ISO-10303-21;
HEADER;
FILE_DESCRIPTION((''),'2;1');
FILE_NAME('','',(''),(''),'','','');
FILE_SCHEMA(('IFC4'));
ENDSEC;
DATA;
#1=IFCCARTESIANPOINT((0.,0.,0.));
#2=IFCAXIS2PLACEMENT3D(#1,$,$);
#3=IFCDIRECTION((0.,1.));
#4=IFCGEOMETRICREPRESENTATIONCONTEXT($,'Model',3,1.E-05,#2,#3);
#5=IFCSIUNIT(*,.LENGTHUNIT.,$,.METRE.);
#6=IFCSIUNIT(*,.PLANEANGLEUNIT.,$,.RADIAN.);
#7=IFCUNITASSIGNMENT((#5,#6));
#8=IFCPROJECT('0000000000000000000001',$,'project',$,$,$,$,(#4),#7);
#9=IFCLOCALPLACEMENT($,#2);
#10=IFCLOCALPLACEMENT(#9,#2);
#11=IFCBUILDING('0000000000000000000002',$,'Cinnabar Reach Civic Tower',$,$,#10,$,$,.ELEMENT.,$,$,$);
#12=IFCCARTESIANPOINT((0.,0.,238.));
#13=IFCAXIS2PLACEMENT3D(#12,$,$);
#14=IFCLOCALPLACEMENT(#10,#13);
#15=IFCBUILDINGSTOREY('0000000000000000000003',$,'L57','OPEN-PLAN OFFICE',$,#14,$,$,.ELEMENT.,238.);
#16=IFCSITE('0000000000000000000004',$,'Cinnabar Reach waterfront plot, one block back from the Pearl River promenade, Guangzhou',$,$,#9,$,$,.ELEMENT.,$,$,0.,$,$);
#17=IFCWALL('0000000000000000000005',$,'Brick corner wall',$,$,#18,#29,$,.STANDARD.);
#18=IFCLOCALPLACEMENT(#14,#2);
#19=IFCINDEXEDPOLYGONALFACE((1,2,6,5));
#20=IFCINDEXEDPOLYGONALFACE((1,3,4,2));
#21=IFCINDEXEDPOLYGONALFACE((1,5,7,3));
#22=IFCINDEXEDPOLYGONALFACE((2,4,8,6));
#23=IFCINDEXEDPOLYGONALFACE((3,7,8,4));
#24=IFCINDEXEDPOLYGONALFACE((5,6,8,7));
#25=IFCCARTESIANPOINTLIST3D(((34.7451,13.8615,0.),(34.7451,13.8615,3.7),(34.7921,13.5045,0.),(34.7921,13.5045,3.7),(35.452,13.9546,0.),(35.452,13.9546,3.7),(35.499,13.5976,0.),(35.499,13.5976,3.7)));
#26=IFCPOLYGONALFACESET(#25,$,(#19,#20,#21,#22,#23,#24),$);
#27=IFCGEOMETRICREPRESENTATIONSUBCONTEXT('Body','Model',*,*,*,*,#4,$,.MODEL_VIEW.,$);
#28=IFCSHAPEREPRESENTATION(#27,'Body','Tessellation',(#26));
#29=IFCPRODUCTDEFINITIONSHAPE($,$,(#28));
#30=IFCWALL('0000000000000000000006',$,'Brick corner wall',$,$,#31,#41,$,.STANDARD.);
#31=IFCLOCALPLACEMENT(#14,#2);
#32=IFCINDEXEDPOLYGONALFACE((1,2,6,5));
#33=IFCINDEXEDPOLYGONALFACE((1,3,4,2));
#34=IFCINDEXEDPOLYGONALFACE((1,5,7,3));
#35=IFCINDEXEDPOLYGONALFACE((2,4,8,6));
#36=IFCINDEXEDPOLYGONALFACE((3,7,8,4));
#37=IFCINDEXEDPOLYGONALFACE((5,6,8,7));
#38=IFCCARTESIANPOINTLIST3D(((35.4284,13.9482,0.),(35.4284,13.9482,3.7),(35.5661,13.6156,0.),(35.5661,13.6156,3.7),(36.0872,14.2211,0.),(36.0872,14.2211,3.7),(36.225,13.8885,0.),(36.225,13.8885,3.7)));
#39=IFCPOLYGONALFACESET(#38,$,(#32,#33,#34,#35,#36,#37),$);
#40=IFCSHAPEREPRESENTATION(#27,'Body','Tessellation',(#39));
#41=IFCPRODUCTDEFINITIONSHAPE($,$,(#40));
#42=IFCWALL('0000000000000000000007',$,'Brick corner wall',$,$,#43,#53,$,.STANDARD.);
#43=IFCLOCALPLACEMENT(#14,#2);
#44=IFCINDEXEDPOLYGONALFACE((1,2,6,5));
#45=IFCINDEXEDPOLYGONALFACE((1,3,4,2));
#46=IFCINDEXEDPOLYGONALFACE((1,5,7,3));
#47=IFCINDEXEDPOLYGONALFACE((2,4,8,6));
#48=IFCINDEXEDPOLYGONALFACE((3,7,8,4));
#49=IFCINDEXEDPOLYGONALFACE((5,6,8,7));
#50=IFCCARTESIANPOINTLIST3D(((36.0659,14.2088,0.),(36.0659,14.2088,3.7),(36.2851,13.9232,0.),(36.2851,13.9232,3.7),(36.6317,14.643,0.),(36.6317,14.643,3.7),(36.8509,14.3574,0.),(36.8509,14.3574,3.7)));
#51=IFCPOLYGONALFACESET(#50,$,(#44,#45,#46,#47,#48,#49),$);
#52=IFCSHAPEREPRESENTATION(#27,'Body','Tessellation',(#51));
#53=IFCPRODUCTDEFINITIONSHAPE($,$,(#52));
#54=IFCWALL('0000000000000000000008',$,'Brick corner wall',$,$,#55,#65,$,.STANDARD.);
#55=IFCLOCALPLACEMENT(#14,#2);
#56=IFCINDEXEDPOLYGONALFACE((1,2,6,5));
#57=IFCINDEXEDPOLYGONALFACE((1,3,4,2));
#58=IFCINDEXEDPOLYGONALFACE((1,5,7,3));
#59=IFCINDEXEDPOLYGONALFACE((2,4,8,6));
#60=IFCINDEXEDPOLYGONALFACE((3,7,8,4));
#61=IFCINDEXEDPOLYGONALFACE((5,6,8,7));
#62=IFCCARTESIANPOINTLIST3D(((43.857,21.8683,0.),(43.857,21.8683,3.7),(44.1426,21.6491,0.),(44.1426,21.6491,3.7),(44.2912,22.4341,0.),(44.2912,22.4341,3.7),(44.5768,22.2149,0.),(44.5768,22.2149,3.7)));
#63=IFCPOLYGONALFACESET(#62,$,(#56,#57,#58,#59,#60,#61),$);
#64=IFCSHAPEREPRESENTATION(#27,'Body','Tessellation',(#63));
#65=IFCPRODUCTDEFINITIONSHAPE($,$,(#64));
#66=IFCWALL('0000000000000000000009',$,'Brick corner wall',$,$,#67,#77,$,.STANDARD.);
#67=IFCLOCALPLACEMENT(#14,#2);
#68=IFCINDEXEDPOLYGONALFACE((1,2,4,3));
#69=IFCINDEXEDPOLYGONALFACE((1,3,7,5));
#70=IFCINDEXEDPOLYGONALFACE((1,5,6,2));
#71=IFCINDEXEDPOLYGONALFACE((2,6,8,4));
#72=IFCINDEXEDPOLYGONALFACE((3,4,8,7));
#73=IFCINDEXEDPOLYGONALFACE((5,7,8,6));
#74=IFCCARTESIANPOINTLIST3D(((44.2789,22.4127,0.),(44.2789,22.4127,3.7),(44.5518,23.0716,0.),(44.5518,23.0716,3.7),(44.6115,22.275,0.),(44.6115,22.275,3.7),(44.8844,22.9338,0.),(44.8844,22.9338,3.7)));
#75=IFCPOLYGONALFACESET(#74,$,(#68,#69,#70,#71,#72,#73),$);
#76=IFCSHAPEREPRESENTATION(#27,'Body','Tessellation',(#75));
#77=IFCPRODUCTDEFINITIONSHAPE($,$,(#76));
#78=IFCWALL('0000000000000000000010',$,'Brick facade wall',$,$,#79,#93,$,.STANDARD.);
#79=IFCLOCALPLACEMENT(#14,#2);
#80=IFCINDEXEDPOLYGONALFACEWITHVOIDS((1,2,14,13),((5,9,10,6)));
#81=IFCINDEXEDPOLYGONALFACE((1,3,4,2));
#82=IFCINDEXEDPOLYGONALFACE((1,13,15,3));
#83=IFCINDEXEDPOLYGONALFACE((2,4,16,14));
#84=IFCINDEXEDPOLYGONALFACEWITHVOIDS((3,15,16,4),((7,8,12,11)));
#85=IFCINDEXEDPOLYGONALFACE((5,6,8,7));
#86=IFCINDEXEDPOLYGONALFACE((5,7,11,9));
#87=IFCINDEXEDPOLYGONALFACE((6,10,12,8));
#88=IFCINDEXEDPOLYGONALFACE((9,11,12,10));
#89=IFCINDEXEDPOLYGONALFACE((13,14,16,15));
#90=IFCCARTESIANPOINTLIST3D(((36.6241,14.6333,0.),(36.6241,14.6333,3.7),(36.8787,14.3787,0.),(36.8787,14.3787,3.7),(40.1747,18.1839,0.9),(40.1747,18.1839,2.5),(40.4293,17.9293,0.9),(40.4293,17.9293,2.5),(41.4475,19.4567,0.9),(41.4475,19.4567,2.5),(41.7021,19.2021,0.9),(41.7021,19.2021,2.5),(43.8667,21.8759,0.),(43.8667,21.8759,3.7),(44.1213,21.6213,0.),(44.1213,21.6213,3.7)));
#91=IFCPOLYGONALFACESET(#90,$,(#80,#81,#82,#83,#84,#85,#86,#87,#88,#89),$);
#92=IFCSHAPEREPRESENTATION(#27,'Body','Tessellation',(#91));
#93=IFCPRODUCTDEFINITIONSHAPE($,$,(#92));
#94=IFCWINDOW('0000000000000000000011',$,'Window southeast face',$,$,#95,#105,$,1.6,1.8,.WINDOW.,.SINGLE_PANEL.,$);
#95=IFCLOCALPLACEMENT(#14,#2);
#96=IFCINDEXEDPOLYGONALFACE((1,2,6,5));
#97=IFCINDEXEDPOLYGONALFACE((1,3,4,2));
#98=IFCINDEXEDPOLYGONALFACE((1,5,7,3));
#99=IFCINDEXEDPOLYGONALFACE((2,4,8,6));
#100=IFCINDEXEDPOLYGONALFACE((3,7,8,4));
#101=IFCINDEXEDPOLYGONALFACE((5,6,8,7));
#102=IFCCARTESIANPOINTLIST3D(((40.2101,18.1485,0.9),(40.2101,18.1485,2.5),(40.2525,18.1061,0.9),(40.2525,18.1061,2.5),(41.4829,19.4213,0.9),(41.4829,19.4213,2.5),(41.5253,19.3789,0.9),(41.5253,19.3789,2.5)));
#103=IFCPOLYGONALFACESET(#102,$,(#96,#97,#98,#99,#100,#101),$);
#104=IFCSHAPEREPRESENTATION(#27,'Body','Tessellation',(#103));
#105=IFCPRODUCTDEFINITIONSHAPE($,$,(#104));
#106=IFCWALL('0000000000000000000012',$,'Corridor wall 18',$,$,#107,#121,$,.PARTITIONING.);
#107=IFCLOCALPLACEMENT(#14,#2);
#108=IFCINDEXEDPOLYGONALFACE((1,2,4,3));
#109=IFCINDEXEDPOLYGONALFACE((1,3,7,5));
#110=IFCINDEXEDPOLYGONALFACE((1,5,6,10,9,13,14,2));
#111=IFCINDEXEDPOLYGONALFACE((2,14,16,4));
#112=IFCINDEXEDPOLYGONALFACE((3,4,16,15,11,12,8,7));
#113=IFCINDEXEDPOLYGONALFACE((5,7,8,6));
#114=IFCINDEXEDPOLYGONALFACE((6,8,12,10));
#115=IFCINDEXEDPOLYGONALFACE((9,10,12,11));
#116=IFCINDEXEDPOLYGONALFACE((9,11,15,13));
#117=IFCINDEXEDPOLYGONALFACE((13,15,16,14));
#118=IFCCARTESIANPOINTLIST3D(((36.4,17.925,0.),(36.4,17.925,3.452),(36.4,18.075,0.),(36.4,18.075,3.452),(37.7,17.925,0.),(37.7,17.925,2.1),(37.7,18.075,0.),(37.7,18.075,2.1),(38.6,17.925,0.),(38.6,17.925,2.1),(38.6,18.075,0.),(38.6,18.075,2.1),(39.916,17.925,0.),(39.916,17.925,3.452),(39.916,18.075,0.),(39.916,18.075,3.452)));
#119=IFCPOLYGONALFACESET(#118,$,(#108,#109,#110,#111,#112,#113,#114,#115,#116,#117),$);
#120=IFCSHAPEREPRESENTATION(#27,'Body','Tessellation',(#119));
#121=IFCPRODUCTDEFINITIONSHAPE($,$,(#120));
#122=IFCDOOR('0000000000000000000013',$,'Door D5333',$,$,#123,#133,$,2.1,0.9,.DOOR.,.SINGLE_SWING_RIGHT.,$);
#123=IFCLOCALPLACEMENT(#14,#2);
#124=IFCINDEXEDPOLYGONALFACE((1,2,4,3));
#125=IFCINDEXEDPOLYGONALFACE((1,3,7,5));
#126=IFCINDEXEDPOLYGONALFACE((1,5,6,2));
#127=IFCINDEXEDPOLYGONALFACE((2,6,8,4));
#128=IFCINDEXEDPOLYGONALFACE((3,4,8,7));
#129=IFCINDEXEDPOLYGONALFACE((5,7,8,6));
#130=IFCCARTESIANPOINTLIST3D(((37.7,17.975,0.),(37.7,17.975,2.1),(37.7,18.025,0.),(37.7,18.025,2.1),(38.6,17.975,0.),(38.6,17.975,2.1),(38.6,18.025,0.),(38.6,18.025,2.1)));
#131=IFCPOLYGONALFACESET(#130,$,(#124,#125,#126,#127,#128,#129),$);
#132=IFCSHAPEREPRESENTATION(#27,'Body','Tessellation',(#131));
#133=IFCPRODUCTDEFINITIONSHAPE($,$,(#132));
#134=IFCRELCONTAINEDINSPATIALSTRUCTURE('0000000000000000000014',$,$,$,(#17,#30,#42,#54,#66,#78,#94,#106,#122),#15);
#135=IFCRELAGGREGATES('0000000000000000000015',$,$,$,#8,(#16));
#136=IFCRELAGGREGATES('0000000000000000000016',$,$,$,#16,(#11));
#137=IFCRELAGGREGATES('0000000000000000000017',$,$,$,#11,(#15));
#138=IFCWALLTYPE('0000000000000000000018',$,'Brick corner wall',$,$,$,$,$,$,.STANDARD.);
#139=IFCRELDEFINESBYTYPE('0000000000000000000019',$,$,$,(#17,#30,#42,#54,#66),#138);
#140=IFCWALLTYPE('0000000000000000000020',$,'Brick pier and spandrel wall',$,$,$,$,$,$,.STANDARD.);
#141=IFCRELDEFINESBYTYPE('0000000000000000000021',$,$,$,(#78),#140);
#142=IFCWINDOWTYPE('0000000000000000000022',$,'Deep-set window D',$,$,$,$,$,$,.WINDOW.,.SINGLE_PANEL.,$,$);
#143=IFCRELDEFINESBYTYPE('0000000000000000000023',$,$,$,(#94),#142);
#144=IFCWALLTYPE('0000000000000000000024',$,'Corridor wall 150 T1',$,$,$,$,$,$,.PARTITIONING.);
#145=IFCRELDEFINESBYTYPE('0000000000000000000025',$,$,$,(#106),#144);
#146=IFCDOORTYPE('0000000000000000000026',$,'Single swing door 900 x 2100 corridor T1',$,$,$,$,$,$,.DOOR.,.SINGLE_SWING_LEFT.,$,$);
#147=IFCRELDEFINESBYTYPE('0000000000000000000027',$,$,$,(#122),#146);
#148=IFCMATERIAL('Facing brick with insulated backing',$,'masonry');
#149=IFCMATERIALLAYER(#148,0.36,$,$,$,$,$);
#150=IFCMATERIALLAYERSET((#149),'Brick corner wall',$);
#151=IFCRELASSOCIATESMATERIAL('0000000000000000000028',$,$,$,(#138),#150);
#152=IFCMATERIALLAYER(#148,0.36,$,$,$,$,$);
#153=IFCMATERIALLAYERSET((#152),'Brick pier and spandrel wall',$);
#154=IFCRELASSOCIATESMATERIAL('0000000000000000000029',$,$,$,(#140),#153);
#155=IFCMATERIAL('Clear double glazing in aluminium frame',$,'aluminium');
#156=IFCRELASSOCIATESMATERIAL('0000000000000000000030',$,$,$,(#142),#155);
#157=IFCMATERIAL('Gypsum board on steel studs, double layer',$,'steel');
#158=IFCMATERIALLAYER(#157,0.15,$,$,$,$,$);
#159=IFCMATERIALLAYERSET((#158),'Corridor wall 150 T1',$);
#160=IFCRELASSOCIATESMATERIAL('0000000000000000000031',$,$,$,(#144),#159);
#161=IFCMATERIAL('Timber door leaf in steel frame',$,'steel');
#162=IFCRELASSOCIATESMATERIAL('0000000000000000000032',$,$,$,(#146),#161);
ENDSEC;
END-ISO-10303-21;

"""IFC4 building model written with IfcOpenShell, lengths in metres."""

from ifc_helpers import new_model, si_unit, direction, frame, frame_2d, origin, place, context, subcontext, project, spatial, rectangle, extrude, material, layer, layer_set, type_object, element, fill, save


model = new_model("IFC4")

# Units and contexts
model_context = context("Model", 3, precision=1e-05, world=origin(), true_north=direction((0.0, 1.0)))
body_context = subcontext(model_context, "Body", "Model", "MODEL_VIEW")
ifc_project = project(units=[si_unit("LENGTHUNIT", "METRE"), si_unit("PLANEANGLEUNIT", "RADIAN")], contexts=[model_context])

# Site, building, storey
site_placement = place(None, origin())
site = spatial("IfcSite", under=ifc_project, at=site_placement, Name="Cinnabar Reach waterfront plot, one block back from the Pearl River promenade, Guangzhou", CompositionType="ELEMENT", RefElevation=0.0)
building_placement = place(site_placement, origin())
building = spatial("IfcBuilding", under=site, at=building_placement, Name="Cinnabar Reach Civic Tower", CompositionType="ELEMENT")
storey_placement = place(building_placement, frame((0.0, 0.0, 238.0)))
storey = spatial("IfcBuildingStorey", under=building, at=storey_placement, Name="L57", Description="OPEN-PLAN OFFICE", CompositionType="ELEMENT", Elevation=238.0)

# Walls
ifc_material_1 = material(Name="Facing brick with insulated backing", Category="masonry")
ifc_layer_1 = layer(ifc_material_1, 0.36)
ifc_layer_set_1 = layer_set([ifc_layer_1], Name="Brick corner wall")
wall_type_1 = type_object("IfcWallType", Name="Brick corner wall", PredefinedType="STANDARD", material=ifc_layer_set_1)
for number, where, z_axis, x_axis, name in (
    (1, (34.7686, 13.683, 0.0), (0.0, 0.0, 1.0), (0.991441, 0.130556, 0.0), "Brick corner wall"),
    (2, (35.4973, 13.7819, 0.0), (0.0, 0.0, 1.0), (0.923872, 0.382703, 0.0), "Brick corner wall"),
):
    element("IfcWall", number, at=place(storey_placement, frame(where, z_axis=z_axis, x_axis=x_axis)), inside=storey, type_object=wall_type_1, Name=name, PredefinedType="STANDARD", context=body_context, shape_type="SweptSolid", body=[
        extrude(rectangle(XDim=0.7131, YDim=0.36, at=frame_2d((0.3565, 0.0))), origin(), (0.0, 0.0, 1.0), 3.7),
    ])
for number, where, z_axis, x_axis, name in (
    (3, (36.1755, 14.066, 0.0), (0.0, 0.0, 1.0), (0.793322, 0.608802, 0.0), "Brick corner wall"),
    (4, (43.9998, 21.7587, 0.0), (0.0, 0.0, 1.0), (0.608802, 0.793322, 0.0), "Brick corner wall"),
):
    element("IfcWall", number, at=place(storey_placement, frame(where, z_axis=z_axis, x_axis=x_axis)), inside=storey, type_object=wall_type_1, Name=name, PredefinedType="STANDARD", context=body_context, shape_type="SweptSolid", body=[
        extrude(rectangle(XDim=0.7132, YDim=0.36, at=frame_2d((0.3566, 0.0))), origin(), (0.0, 0.0, 1.0), 3.7),
    ])
wall_1_placement = place(storey_placement, frame((44.4452, 22.3439, 0.0), z_axis=(0.0, 0.0, 1.0), x_axis=(0.382703, 0.923872, 0.0)))
element("IfcWall", 5, at=wall_1_placement, inside=storey, type_object=wall_type_1, Name="Brick corner wall", PredefinedType="STANDARD", context=body_context, shape_type="SweptSolid", body=[
    extrude(rectangle(XDim=0.7131, YDim=0.36, at=frame_2d((0.3565, 0.0))), origin(), (0.0, 0.0, 1.0), 3.7),
])

# Wall, opening, window
ifc_layer_2 = layer(ifc_material_1, 0.36)
ifc_layer_set_2 = layer_set([ifc_layer_2], Name="Brick pier and spandrel wall")
wall_type_2 = type_object("IfcWallType", Name="Brick pier and spandrel wall", PredefinedType="STANDARD", material=ifc_layer_set_2)
wall_2_placement = place(storey_placement, frame((36.7514, 14.506, 0.0), z_axis=(0.0, 0.0, 1.0), x_axis=(0.707107, 0.707107, 0.0)))
wall_2 = element("IfcWall", 6, at=wall_2_placement, inside=storey, type_object=wall_type_2, Name="Brick facade wall", PredefinedType="STANDARD", context=body_context, shape_type="SweptSolid", body=[
    extrude(rectangle(XDim=10.2426, YDim=0.36, at=frame_2d((5.1213, 0.0))), origin(), (0.0, 0.0, 1.0), 3.7),
])
opening_1_placement = place(wall_2_placement, frame((5.0213, 0.0, 0.9)))
opening_1 = element("IfcOpeningElement", 7, at=opening_1_placement, cuts=wall_2, PredefinedType="OPENING", context=body_context, shape_type="SweptSolid", body=[
    extrude(rectangle(XDim=1.8, YDim=1.6, at=frame_2d((0.9, 0.8))), frame((0.0, 0.19, 0.0), z_axis=(0.0, -1.0, 0.0), x_axis=(1.0, 0.0, 0.0)), (0.0, 0.0, 1.0), 0.38),
])
ifc_material_2 = material(Name="Clear double glazing in aluminium frame", Category="aluminium")
window_type = type_object("IfcWindowType", Name="Deep-set window D", PartitioningType="SINGLE_PANEL", PredefinedType="WINDOW", material=ifc_material_2)
window_placement = place(opening_1_placement, origin())
window = element("IfcWindow", 8, at=window_placement, inside=storey, type_object=window_type, Name="Window southeast face", OverallHeight=1.6, OverallWidth=1.8, PartitioningType="SINGLE_PANEL", PredefinedType="WINDOW", context=body_context, shape_type="SweptSolid", body=[
    extrude(rectangle(XDim=1.8, YDim=1.6, at=frame_2d((0.9, 0.8))), frame((0.0, 0.13, 0.0), z_axis=(0.0, -1.0, 0.0), x_axis=(1.0, 0.0, 0.0)), (0.0, 0.0, 1.0), 0.06),
])
fill(opening_1, window)

# Wall, opening, door
ifc_material_3 = material(Name="Gypsum board on steel studs, double layer", Category="steel")
ifc_layer_3 = layer(ifc_material_3, 0.15)
ifc_layer_set_3 = layer_set([ifc_layer_3], Name="Corridor wall 150 T1")
wall_type_3 = type_object("IfcWallType", Name="Corridor wall 150 T1", PredefinedType="PARTITIONING", material=ifc_layer_set_3)
wall_3_placement = place(storey_placement, frame((36.4, 18.0, 0.0), z_axis=(0.0, 0.0, 1.0), x_axis=(1.0, 0.0, 0.0)))
wall_3 = element("IfcWall", 9, at=wall_3_placement, inside=storey, type_object=wall_type_3, Name="Corridor wall 18", PredefinedType="PARTITIONING", context=body_context, shape_type="SweptSolid", body=[
    extrude(rectangle(XDim=3.516, YDim=0.15, at=frame_2d((1.758, 0.0))), origin(), (0.0, 0.0, 1.0), 3.452),
])
opening_2_placement = place(wall_3_placement, frame((1.3, 0.0, 0.0)))
opening_2 = element("IfcOpeningElement", 10, at=opening_2_placement, cuts=wall_3, PredefinedType="OPENING", context=body_context, shape_type="SweptSolid", body=[
    extrude(rectangle(XDim=0.9, YDim=2.1, at=frame_2d((0.45, 1.05))), frame((0.0, 0.085, 0.0), z_axis=(0.0, -1.0, 0.0), x_axis=(1.0, 0.0, 0.0)), (0.0, 0.0, 1.0), 0.17),
])
ifc_material_4 = material(Name="Timber door leaf in steel frame", Category="steel")
door_type = type_object("IfcDoorType", Name="Single swing door 900 x 2100 corridor T1", OperationType="SINGLE_SWING_LEFT", PredefinedType="DOOR", material=ifc_material_4)
door_placement = place(opening_2_placement, frame((0.9, 0.0, 0.0), z_axis=(0.0, 0.0, 1.0), x_axis=(-1.0, 0.0, 0.0)))
door = element("IfcDoor", 11, at=door_placement, inside=storey, type_object=door_type, Name="Door D5333", OperationType="SINGLE_SWING_RIGHT", OverallHeight=2.1, OverallWidth=0.9, PredefinedType="DOOR", context=body_context, shape_type="SweptSolid", body=[
    extrude(rectangle(XDim=0.9, YDim=2.1, at=frame_2d((0.45, 1.05))), frame((0.0, 0.025, 0.0), z_axis=(0.0, -1.0, 0.0), x_axis=(1.0, 0.0, 0.0)), (0.0, 0.0, 1.0), 0.05),
])
fill(opening_2, door)

save(model, "model.ifc")
